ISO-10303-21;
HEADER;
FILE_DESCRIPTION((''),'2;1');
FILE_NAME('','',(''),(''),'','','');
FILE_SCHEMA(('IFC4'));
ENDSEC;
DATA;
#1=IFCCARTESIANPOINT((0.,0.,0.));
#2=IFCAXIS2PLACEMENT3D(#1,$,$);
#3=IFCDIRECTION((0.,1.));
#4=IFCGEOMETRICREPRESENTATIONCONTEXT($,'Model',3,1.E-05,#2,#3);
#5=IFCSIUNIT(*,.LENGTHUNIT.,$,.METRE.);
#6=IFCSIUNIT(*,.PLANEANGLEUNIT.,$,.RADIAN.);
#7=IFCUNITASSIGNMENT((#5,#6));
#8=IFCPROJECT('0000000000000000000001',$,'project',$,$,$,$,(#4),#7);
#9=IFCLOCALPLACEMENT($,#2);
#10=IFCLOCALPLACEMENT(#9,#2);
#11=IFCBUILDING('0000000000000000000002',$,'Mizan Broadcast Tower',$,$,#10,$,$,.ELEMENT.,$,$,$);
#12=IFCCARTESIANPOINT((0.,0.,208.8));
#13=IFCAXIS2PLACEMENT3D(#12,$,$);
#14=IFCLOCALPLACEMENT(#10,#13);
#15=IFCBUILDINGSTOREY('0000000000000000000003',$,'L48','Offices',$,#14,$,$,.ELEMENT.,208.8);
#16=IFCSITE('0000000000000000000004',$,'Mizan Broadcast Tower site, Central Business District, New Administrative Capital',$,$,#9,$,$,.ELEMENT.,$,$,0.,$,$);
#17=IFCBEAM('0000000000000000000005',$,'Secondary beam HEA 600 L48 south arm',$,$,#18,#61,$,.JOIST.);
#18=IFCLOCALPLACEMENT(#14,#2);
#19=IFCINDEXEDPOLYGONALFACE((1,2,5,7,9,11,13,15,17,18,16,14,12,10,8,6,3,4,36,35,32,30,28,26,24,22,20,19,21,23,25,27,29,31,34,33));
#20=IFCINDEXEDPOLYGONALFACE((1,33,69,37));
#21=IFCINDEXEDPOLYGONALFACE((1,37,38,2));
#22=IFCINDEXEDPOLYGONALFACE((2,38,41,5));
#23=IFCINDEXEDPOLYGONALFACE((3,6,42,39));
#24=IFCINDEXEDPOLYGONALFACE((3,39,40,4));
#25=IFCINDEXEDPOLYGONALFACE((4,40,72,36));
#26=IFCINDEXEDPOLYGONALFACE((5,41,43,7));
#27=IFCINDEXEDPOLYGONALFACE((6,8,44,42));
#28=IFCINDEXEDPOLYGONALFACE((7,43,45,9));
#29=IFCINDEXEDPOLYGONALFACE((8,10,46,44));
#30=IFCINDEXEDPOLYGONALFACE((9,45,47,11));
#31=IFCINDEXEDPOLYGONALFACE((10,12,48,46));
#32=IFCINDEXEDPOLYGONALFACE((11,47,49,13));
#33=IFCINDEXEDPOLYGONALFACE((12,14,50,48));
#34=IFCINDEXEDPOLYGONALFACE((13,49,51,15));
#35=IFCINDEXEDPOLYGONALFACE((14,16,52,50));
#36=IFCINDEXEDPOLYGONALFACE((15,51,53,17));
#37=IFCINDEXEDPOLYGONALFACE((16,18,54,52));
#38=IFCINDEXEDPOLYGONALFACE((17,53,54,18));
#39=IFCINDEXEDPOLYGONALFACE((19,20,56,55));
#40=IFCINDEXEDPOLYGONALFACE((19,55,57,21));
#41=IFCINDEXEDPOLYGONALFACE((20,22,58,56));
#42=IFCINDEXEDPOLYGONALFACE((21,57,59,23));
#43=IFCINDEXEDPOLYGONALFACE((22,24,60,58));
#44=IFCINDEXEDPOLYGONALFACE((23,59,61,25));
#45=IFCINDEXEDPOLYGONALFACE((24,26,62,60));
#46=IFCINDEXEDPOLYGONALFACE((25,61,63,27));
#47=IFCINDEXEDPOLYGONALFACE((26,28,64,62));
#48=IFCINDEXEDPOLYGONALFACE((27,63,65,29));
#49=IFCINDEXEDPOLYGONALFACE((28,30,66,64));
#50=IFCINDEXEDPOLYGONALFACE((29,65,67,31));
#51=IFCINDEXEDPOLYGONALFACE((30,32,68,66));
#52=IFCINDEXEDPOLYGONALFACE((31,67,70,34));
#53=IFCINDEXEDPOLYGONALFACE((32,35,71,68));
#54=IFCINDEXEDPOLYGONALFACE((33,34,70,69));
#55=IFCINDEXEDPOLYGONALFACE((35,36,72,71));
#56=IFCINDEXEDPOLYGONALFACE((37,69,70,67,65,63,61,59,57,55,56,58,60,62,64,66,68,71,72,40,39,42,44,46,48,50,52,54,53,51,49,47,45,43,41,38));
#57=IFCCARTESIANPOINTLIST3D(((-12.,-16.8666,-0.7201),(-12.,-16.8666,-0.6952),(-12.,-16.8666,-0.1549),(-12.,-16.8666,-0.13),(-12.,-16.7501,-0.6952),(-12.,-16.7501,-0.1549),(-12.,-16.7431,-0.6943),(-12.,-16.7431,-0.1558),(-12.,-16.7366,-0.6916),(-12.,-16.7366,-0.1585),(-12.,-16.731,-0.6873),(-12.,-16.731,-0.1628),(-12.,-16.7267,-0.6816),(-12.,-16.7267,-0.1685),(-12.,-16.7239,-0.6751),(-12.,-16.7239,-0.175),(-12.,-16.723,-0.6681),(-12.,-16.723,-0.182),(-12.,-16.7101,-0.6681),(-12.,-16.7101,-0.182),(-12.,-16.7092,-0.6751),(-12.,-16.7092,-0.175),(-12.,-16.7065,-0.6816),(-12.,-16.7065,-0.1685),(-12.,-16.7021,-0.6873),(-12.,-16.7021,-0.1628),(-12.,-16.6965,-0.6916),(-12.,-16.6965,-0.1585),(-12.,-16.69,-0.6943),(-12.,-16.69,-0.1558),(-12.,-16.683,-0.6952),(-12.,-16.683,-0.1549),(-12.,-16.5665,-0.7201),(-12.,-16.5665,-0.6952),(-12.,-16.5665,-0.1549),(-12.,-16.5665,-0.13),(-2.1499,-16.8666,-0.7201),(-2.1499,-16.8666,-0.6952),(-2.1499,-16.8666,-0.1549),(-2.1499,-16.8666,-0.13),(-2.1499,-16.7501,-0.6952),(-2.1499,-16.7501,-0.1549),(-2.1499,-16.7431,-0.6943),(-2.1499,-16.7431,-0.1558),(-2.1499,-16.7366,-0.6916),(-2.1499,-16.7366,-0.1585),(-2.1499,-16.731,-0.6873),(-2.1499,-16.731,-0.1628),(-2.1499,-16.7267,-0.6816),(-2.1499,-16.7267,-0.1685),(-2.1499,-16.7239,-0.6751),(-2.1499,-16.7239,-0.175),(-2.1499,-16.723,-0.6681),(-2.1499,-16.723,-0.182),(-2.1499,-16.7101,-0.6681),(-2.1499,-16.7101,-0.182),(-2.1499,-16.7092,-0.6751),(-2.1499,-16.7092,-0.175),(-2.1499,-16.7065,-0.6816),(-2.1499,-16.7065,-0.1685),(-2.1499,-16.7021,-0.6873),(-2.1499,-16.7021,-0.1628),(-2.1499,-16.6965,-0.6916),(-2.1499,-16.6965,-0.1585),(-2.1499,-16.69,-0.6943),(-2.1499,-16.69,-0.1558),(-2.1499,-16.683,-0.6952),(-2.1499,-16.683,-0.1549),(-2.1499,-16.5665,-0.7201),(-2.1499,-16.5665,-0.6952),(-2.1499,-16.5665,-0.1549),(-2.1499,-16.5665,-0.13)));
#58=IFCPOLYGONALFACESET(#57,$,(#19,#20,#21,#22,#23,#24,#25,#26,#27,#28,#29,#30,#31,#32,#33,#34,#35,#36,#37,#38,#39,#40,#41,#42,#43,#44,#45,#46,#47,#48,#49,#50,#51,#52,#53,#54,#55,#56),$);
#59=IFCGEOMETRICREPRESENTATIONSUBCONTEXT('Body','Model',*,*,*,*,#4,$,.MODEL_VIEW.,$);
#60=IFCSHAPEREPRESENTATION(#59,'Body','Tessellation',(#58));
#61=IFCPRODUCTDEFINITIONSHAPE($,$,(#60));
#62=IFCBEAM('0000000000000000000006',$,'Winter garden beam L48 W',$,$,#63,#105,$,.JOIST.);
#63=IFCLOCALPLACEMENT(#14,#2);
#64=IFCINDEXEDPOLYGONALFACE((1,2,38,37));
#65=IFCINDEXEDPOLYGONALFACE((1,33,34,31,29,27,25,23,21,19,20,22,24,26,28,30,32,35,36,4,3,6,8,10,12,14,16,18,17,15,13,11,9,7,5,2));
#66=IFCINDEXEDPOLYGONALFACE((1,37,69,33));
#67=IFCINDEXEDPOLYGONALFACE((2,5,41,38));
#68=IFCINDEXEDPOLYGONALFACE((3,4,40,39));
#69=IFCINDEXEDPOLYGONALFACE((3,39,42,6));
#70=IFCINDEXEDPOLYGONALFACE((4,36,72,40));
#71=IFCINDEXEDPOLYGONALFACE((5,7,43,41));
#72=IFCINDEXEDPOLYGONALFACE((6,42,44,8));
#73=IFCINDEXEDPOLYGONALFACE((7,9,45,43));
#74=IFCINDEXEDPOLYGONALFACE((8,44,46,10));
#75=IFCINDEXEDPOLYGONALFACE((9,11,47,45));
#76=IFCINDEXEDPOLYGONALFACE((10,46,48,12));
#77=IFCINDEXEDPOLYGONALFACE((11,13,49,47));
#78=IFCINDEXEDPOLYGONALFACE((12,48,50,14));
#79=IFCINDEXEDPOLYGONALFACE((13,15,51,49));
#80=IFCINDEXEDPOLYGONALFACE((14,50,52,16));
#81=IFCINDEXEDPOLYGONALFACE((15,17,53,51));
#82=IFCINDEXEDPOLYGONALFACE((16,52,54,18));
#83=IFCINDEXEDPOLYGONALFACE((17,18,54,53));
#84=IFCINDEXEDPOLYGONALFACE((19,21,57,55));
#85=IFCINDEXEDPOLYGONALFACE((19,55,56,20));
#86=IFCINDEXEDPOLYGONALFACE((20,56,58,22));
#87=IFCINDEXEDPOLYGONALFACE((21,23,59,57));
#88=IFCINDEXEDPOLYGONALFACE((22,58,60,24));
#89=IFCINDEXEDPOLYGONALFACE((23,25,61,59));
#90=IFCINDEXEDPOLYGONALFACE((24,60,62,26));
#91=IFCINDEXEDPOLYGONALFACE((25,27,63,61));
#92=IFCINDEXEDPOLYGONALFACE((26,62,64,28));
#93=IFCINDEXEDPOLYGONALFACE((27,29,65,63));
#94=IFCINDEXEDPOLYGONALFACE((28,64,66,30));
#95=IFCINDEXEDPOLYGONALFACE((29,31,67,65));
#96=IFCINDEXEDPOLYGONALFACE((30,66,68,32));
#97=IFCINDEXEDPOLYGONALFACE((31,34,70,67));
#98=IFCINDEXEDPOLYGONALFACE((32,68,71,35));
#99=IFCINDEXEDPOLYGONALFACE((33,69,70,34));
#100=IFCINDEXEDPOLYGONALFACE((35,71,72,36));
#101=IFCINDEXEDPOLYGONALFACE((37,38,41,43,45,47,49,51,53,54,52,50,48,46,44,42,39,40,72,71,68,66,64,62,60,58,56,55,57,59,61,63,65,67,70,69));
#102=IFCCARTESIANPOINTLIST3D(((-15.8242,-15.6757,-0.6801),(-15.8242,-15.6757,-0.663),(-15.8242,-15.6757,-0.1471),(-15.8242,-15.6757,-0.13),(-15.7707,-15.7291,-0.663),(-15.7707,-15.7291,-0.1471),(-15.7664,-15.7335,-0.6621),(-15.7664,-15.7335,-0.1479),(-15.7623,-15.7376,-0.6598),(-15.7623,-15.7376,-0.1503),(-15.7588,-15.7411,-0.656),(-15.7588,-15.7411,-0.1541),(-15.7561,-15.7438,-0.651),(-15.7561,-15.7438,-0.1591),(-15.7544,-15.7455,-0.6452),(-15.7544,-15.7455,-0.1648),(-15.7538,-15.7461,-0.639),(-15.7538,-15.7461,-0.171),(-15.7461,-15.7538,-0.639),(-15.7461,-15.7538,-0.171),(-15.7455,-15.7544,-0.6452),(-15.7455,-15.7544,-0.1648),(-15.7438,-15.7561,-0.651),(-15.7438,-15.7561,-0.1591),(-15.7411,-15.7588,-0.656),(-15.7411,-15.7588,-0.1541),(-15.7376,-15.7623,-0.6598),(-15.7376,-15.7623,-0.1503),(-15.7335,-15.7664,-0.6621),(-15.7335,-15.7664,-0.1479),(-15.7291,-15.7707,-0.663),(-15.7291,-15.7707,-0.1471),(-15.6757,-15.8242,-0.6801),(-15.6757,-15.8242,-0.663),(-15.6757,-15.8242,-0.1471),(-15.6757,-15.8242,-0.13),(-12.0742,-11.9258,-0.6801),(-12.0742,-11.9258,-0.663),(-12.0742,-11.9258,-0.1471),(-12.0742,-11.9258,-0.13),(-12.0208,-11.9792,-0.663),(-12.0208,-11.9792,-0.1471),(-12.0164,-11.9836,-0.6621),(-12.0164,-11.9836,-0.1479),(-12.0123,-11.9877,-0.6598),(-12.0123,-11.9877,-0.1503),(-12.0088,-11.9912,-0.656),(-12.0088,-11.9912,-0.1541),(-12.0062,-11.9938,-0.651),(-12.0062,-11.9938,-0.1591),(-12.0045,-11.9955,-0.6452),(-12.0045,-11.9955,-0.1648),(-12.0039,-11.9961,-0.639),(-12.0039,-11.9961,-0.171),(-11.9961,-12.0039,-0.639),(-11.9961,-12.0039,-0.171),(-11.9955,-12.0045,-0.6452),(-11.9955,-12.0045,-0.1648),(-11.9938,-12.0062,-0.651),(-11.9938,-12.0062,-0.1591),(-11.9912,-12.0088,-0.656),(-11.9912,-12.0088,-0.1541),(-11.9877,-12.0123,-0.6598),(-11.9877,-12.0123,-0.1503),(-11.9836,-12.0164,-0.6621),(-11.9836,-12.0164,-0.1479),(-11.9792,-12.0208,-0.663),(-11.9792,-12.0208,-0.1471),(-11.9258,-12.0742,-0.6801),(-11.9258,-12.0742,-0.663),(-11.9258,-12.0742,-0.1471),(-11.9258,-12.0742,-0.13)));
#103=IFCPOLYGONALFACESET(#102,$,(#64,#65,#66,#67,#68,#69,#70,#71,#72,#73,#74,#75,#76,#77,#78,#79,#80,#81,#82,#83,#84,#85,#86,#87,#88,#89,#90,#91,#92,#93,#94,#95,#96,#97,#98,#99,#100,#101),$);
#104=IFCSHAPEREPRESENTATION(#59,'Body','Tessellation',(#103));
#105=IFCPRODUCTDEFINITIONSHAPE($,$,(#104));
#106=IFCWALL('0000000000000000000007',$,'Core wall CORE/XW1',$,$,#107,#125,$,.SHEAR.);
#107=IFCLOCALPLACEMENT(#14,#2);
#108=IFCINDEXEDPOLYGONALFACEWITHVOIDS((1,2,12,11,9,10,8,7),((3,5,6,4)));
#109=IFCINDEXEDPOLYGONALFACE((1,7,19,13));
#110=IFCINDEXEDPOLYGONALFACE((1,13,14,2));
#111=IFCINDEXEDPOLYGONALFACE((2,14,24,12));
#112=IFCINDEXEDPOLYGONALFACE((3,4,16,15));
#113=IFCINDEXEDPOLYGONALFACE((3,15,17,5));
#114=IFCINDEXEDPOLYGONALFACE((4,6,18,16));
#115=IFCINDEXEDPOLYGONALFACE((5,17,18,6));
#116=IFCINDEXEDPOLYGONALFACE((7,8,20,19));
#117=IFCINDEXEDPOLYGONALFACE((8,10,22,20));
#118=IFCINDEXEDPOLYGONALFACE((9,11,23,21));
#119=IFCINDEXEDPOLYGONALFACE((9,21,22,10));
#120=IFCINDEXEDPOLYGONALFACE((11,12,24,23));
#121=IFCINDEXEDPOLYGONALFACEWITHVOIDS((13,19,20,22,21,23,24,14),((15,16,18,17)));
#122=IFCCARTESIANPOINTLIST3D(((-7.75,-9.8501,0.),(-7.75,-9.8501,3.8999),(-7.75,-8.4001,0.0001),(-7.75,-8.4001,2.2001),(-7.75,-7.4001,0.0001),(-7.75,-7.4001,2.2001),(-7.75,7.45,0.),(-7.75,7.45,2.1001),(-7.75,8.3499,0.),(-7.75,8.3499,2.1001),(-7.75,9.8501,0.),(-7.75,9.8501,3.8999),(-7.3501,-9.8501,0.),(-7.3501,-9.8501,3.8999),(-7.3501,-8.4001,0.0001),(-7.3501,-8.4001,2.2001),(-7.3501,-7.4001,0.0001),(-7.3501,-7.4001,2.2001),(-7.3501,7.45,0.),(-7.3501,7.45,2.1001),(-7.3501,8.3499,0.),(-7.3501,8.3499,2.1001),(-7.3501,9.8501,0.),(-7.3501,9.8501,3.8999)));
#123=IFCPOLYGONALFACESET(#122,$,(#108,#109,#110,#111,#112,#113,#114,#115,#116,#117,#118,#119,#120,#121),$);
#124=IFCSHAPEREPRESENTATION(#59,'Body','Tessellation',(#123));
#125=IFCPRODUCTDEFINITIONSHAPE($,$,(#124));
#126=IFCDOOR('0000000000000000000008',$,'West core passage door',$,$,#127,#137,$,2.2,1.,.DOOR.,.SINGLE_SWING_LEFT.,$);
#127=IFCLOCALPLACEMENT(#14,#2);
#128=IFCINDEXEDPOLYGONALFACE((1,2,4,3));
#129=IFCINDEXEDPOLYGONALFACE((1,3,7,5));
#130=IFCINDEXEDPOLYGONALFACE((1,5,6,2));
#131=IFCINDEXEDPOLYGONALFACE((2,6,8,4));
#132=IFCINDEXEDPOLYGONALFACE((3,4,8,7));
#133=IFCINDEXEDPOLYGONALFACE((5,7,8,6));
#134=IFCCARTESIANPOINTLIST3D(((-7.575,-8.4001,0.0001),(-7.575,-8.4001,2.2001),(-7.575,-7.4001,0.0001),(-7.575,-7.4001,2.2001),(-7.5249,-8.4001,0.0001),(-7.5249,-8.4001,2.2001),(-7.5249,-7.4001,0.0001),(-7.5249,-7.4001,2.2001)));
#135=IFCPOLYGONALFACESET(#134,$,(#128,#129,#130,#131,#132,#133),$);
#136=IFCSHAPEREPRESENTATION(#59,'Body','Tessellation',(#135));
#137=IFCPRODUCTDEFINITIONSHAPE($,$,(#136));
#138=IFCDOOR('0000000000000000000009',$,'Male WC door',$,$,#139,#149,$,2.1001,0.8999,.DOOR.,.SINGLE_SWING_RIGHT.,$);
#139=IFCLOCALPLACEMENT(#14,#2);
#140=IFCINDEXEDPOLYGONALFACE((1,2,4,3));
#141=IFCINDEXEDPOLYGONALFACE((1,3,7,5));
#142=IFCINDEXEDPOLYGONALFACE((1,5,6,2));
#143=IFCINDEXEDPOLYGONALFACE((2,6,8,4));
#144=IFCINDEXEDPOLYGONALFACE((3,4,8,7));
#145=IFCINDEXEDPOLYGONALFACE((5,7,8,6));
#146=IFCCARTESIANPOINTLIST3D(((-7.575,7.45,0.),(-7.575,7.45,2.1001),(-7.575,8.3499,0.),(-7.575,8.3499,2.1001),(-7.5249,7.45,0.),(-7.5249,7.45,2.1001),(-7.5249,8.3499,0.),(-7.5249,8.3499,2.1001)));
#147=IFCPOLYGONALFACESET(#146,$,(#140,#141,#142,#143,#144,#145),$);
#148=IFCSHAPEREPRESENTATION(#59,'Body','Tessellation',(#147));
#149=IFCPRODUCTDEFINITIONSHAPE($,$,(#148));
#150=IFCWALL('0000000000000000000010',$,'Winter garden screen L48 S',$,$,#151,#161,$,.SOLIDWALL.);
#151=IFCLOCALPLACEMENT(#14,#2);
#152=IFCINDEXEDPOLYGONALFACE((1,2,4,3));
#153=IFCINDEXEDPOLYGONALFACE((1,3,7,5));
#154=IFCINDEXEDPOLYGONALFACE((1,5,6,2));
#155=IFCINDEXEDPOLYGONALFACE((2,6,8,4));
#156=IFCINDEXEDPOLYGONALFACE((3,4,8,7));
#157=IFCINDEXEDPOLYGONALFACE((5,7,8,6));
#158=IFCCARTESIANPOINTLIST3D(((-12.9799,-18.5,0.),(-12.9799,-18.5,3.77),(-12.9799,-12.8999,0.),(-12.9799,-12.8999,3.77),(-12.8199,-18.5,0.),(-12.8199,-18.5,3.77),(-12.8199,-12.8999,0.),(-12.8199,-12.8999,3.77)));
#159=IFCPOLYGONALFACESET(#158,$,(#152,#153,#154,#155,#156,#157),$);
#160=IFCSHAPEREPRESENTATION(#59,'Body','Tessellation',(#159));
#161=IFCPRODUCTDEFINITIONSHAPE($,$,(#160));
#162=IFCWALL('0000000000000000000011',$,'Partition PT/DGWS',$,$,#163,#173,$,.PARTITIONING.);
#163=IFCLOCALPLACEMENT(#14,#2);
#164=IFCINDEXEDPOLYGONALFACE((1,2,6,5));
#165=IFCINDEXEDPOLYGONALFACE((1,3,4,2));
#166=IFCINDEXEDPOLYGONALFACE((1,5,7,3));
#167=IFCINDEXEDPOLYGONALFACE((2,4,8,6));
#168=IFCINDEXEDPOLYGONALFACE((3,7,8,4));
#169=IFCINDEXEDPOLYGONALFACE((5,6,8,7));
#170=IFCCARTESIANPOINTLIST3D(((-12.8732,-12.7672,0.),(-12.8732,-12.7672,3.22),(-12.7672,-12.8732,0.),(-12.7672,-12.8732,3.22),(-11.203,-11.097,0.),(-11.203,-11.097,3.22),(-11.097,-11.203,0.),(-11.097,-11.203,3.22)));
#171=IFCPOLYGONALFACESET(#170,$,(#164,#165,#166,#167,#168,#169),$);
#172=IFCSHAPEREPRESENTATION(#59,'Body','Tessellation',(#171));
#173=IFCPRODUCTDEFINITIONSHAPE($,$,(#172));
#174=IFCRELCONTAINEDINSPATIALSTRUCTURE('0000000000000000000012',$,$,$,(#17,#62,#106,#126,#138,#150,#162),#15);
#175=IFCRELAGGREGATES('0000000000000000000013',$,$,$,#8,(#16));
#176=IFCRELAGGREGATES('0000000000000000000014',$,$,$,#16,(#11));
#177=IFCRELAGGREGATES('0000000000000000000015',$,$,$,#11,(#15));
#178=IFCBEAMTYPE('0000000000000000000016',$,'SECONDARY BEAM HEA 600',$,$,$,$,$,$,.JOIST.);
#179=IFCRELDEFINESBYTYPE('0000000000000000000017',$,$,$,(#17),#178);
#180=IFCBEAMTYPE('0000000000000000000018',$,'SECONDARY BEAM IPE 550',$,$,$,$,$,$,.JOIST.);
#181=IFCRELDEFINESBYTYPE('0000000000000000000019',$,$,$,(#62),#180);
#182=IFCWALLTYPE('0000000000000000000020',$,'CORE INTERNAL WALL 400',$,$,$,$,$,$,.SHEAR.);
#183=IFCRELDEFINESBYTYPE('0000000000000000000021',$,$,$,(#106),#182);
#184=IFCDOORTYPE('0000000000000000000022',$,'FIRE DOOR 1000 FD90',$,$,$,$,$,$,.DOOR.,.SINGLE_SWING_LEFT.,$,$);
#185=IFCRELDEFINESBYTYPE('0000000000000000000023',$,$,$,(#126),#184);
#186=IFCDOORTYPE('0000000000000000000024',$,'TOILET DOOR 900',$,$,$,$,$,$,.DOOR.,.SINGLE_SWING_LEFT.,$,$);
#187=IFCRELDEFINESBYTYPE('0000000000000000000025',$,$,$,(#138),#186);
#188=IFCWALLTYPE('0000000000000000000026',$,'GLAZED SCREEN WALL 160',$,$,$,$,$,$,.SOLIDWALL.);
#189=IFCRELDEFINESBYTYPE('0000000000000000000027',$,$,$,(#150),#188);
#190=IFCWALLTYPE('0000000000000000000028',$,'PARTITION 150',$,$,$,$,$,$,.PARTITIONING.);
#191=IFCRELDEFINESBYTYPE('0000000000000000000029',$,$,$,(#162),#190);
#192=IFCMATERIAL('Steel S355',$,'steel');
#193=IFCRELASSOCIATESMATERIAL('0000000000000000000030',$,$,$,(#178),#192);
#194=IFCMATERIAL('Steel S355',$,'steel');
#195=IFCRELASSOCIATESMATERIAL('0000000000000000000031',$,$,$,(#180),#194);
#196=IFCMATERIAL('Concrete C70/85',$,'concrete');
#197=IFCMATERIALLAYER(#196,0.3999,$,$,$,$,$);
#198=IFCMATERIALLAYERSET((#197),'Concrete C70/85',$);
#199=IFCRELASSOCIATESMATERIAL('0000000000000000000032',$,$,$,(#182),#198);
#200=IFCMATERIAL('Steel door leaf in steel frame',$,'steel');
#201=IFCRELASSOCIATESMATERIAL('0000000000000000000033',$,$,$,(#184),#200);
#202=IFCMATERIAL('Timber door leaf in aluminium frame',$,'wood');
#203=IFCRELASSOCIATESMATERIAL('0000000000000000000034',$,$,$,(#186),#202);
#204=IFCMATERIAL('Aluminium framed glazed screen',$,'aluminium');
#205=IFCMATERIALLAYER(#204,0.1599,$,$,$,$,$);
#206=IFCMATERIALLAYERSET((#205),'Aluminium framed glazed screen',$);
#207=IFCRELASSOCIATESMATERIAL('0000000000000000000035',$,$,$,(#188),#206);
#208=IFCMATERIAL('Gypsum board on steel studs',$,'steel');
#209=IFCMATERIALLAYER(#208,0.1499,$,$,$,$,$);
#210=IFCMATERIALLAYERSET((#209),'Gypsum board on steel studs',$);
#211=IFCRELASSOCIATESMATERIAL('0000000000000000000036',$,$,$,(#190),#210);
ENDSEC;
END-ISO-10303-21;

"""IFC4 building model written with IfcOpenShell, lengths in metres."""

from ifc_helpers import new_model, si_unit, direction, frame, frame_2d, origin, origin_2d, place, context, subcontext, project, spatial, rectangle, i_section, extrude, material, layer, layer_set, material_profile, profile_set, type_object, element, fill, save


model = new_model("IFC4")

# Units and contexts
model_context = context("Model", 3, precision=1e-05, world=origin(), true_north=direction((0.0, 1.0)))
body_context = subcontext(model_context, "Body", "Model", "MODEL_VIEW")
ifc_project = project(units=[si_unit("LENGTHUNIT", "METRE"), si_unit("PLANEANGLEUNIT", "RADIAN")], contexts=[model_context])

# Site, building, storey
site_placement = place(None, origin())
site = spatial("IfcSite", under=ifc_project, at=site_placement, Name="Mizan Broadcast Tower site, Central Business District, New Administrative Capital", CompositionType="ELEMENT", RefElevation=0.0)
building_placement = place(site_placement, origin())
building = spatial("IfcBuilding", under=site, at=building_placement, Name="Mizan Broadcast Tower", CompositionType="ELEMENT")
storey_placement = place(building_placement, frame((0.0, 0.0, 208.8)))
storey = spatial("IfcBuildingStorey", under=building, at=storey_placement, Name="L48", Description="Offices", CompositionType="ELEMENT", Elevation=208.8)

# Beams
ifc_material_1 = material(Name="Steel S355", Category="steel")
ifc_material_profile_1 = material_profile(ifc_material_1, i_section(OverallWidth=0.3, OverallDepth=0.5901, WebThickness=0.0129, FlangeThickness=0.0249, FilletRadius=0.0271, at=origin_2d()), Name="HEA 600")
ifc_profile_set_1 = profile_set([ifc_material_profile_1], Name="Steel S355")
beam_type_1 = type_object("IfcBeamType", Name="SECONDARY BEAM HEA 600", PredefinedType="JOIST", material=ifc_profile_set_1)
for number, where, z_axis, x_axis, name in (
    (1, (-12.0, -16.7166, -0.425), (1.0, 0.0, 0.0), (0.0, 1.0, 0.0), "Secondary beam HEA 600 L48 south arm"),
):
    element("IfcBeam", number, at=place(storey_placement, frame(where, z_axis=z_axis, x_axis=x_axis)), inside=storey, type_object=beam_type_1, Name=name, PredefinedType="JOIST", context=body_context, shape_type="SweptSolid", body=[
        extrude(i_section(OverallWidth=0.3, OverallDepth=0.5901, WebThickness=0.0129, FlangeThickness=0.0249, FilletRadius=0.0271, at=origin_2d()), origin(), (0.0, 0.0, 1.0), 9.8501),
    ])
ifc_material_2 = material(Name="Steel S355", Category="steel")
ifc_material_profile_2 = material_profile(ifc_material_2, i_section(OverallWidth=0.21, OverallDepth=0.55, WebThickness=0.011, FlangeThickness=0.0171, FilletRadius=0.0239, at=origin_2d()), Name="IPE 550")
ifc_profile_set_2 = profile_set([ifc_material_profile_2], Name="Steel S355")
beam_type_2 = type_object("IfcBeamType", Name="SECONDARY BEAM IPE 550", PredefinedType="JOIST", material=ifc_profile_set_2)
beam_1_placement = place(storey_placement, frame((-12.0, -12.0, -0.405), z_axis=(-0.707107, -0.707107, 0.0), x_axis=(0.707107, -0.707107, 0.0)))
element("IfcBeam", 2, at=beam_1_placement, inside=storey, type_object=beam_type_2, Name="Winter garden beam L48 W", PredefinedType="JOIST", context=body_context, shape_type="SweptSolid", body=[
    extrude(i_section(OverallWidth=0.21, OverallDepth=0.55, WebThickness=0.011, FlangeThickness=0.0171, FilletRadius=0.0239, at=origin_2d()), origin(), (0.0, 0.0, 1.0), 5.3032),
])

# Wall, openings, doors
ifc_material_3 = material(Name="Concrete C70/85", Category="concrete")
ifc_layer_1 = layer(ifc_material_3, 0.3999)
ifc_layer_set_1 = layer_set([ifc_layer_1], Name="Concrete C70/85")
wall_type_1 = type_object("IfcWallType", Name="CORE INTERNAL WALL 400", PredefinedType="SHEAR", material=ifc_layer_set_1)
wall_1_placement = place(storey_placement, frame((-7.55, -9.8501, 0.0), z_axis=(0.0, 0.0, 1.0), x_axis=(0.0, 1.0, 0.0)))
wall_1 = element("IfcWall", 3, at=wall_1_placement, inside=storey, type_object=wall_type_1, Name="Core wall CORE/XW1", PredefinedType="SHEAR", context=body_context, shape_type="SweptSolid", body=[
    extrude(rectangle(XDim=19.7002, YDim=0.3999, at=frame_2d((9.8501, 0.0))), origin(), (0.0, 0.0, 1.0), 3.8999),
])
opening_1_placement = place(wall_1_placement, frame((1.45, 0.0, 0.0)))
opening_1 = element("IfcOpeningElement", 4, at=opening_1_placement, cuts=wall_1, PredefinedType="OPENING", context=body_context, shape_type="SweptSolid", body=[
    extrude(rectangle(XDim=1.0, YDim=2.2, at=frame_2d((0.5, 1.1001))), frame((0.0, 0.21, 0.0), z_axis=(0.0, -1.0, 0.0), x_axis=(1.0, 0.0, 0.0)), (0.0, 0.0, 1.0), 0.4199),
])
opening_2_placement = place(wall_1_placement, frame((17.3, 0.0, 0.0)))
opening_2 = element("IfcOpeningElement", 5, at=opening_2_placement, cuts=wall_1, PredefinedType="OPENING", context=body_context, shape_type="SweptSolid", body=[
    extrude(rectangle(XDim=0.8999, YDim=2.1001, at=frame_2d((0.45, 1.05))), frame((0.0, 0.21, 0.0), z_axis=(0.0, -1.0, 0.0), x_axis=(1.0, 0.0, 0.0)), (0.0, 0.0, 1.0), 0.4199),
])
ifc_material_4 = material(Name="Steel door leaf in steel frame", Category="steel")
door_type_1 = type_object("IfcDoorType", Name="FIRE DOOR 1000 FD90", OperationType="SINGLE_SWING_LEFT", PredefinedType="DOOR", material=ifc_material_4)
door_1_placement = place(opening_1_placement, origin())
door_1 = element("IfcDoor", 6, at=door_1_placement, inside=storey, type_object=door_type_1, Name="West core passage door", OperationType="SINGLE_SWING_LEFT", OverallHeight=2.2, OverallWidth=1.0, PredefinedType="DOOR", context=body_context, shape_type="SweptSolid", body=[
    extrude(rectangle(XDim=1.0, YDim=2.2, at=frame_2d((0.5, 1.1001))), frame((0.0, 0.0249, 0.0), z_axis=(0.0, -1.0, 0.0), x_axis=(1.0, 0.0, 0.0)), (0.0, 0.0, 1.0), 0.05),
])
fill(opening_1, door_1)
ifc_material_5 = material(Name="Timber door leaf in aluminium frame", Category="wood")
door_type_2 = type_object("IfcDoorType", Name="TOILET DOOR 900", OperationType="SINGLE_SWING_LEFT", PredefinedType="DOOR", material=ifc_material_5)
door_2_placement = place(opening_2_placement, origin())
door_2 = element("IfcDoor", 7, at=door_2_placement, inside=storey, type_object=door_type_2, Name="Male WC door", OperationType="SINGLE_SWING_RIGHT", OverallHeight=2.1001, OverallWidth=0.8999, PredefinedType="DOOR", context=body_context, shape_type="SweptSolid", body=[
    extrude(rectangle(XDim=0.8999, YDim=2.1001, at=frame_2d((0.45, 1.05))), frame((0.0, 0.0249, 0.0), z_axis=(0.0, -1.0, 0.0), x_axis=(1.0, 0.0, 0.0)), (0.0, 0.0, 1.0), 0.05),
])
fill(opening_2, door_2)

# Walls
ifc_material_6 = material(Name="Aluminium framed glazed screen", Category="aluminium")
ifc_layer_2 = layer(ifc_material_6, 0.1599)
ifc_layer_set_2 = layer_set([ifc_layer_2], Name="Aluminium framed glazed screen")
wall_type_2 = type_object("IfcWallType", Name="GLAZED SCREEN WALL 160", PredefinedType="SOLIDWALL", material=ifc_layer_set_2)
wall_2_placement = place(storey_placement, frame((-12.8999, -12.8999, 0.0), z_axis=(0.0, 0.0, 1.0), x_axis=(0.0, -1.0, 0.0)))
element("IfcWall", 8, at=wall_2_placement, inside=storey, type_object=wall_type_2, Name="Winter garden screen L48 S", PredefinedType="SOLIDWALL", context=body_context, shape_type="SweptSolid", body=[
    extrude(rectangle(XDim=5.6001, YDim=0.1599, at=frame_2d((2.8, 0.0))), origin(), (0.0, 0.0, 1.0), 3.77),
])
ifc_material_7 = material(Name="Gypsum board on steel studs", Category="steel")
ifc_layer_3 = layer(ifc_material_7, 0.1499)
ifc_layer_set_3 = layer_set([ifc_layer_3], Name="Gypsum board on steel studs")
wall_type_3 = type_object("IfcWallType", Name="PARTITION 150", PredefinedType="PARTITIONING", material=ifc_layer_set_3)
wall_3_placement = place(storey_placement, frame((-11.1499, -11.1499, 0.0), z_axis=(0.0, 0.0, 1.0), x_axis=(-0.707107, -0.707107, 0.0)))
element("IfcWall", 9, at=wall_3_placement, inside=storey, type_object=wall_type_3, Name="Partition PT/DGWS", PredefinedType="PARTITIONING", context=body_context, shape_type="SweptSolid", body=[
    extrude(rectangle(XDim=2.3621, YDim=0.1499, at=frame_2d((1.1812, 0.0))), origin(), (0.0, 0.0, 1.0), 3.22),
])

save(model, "model.ifc")
